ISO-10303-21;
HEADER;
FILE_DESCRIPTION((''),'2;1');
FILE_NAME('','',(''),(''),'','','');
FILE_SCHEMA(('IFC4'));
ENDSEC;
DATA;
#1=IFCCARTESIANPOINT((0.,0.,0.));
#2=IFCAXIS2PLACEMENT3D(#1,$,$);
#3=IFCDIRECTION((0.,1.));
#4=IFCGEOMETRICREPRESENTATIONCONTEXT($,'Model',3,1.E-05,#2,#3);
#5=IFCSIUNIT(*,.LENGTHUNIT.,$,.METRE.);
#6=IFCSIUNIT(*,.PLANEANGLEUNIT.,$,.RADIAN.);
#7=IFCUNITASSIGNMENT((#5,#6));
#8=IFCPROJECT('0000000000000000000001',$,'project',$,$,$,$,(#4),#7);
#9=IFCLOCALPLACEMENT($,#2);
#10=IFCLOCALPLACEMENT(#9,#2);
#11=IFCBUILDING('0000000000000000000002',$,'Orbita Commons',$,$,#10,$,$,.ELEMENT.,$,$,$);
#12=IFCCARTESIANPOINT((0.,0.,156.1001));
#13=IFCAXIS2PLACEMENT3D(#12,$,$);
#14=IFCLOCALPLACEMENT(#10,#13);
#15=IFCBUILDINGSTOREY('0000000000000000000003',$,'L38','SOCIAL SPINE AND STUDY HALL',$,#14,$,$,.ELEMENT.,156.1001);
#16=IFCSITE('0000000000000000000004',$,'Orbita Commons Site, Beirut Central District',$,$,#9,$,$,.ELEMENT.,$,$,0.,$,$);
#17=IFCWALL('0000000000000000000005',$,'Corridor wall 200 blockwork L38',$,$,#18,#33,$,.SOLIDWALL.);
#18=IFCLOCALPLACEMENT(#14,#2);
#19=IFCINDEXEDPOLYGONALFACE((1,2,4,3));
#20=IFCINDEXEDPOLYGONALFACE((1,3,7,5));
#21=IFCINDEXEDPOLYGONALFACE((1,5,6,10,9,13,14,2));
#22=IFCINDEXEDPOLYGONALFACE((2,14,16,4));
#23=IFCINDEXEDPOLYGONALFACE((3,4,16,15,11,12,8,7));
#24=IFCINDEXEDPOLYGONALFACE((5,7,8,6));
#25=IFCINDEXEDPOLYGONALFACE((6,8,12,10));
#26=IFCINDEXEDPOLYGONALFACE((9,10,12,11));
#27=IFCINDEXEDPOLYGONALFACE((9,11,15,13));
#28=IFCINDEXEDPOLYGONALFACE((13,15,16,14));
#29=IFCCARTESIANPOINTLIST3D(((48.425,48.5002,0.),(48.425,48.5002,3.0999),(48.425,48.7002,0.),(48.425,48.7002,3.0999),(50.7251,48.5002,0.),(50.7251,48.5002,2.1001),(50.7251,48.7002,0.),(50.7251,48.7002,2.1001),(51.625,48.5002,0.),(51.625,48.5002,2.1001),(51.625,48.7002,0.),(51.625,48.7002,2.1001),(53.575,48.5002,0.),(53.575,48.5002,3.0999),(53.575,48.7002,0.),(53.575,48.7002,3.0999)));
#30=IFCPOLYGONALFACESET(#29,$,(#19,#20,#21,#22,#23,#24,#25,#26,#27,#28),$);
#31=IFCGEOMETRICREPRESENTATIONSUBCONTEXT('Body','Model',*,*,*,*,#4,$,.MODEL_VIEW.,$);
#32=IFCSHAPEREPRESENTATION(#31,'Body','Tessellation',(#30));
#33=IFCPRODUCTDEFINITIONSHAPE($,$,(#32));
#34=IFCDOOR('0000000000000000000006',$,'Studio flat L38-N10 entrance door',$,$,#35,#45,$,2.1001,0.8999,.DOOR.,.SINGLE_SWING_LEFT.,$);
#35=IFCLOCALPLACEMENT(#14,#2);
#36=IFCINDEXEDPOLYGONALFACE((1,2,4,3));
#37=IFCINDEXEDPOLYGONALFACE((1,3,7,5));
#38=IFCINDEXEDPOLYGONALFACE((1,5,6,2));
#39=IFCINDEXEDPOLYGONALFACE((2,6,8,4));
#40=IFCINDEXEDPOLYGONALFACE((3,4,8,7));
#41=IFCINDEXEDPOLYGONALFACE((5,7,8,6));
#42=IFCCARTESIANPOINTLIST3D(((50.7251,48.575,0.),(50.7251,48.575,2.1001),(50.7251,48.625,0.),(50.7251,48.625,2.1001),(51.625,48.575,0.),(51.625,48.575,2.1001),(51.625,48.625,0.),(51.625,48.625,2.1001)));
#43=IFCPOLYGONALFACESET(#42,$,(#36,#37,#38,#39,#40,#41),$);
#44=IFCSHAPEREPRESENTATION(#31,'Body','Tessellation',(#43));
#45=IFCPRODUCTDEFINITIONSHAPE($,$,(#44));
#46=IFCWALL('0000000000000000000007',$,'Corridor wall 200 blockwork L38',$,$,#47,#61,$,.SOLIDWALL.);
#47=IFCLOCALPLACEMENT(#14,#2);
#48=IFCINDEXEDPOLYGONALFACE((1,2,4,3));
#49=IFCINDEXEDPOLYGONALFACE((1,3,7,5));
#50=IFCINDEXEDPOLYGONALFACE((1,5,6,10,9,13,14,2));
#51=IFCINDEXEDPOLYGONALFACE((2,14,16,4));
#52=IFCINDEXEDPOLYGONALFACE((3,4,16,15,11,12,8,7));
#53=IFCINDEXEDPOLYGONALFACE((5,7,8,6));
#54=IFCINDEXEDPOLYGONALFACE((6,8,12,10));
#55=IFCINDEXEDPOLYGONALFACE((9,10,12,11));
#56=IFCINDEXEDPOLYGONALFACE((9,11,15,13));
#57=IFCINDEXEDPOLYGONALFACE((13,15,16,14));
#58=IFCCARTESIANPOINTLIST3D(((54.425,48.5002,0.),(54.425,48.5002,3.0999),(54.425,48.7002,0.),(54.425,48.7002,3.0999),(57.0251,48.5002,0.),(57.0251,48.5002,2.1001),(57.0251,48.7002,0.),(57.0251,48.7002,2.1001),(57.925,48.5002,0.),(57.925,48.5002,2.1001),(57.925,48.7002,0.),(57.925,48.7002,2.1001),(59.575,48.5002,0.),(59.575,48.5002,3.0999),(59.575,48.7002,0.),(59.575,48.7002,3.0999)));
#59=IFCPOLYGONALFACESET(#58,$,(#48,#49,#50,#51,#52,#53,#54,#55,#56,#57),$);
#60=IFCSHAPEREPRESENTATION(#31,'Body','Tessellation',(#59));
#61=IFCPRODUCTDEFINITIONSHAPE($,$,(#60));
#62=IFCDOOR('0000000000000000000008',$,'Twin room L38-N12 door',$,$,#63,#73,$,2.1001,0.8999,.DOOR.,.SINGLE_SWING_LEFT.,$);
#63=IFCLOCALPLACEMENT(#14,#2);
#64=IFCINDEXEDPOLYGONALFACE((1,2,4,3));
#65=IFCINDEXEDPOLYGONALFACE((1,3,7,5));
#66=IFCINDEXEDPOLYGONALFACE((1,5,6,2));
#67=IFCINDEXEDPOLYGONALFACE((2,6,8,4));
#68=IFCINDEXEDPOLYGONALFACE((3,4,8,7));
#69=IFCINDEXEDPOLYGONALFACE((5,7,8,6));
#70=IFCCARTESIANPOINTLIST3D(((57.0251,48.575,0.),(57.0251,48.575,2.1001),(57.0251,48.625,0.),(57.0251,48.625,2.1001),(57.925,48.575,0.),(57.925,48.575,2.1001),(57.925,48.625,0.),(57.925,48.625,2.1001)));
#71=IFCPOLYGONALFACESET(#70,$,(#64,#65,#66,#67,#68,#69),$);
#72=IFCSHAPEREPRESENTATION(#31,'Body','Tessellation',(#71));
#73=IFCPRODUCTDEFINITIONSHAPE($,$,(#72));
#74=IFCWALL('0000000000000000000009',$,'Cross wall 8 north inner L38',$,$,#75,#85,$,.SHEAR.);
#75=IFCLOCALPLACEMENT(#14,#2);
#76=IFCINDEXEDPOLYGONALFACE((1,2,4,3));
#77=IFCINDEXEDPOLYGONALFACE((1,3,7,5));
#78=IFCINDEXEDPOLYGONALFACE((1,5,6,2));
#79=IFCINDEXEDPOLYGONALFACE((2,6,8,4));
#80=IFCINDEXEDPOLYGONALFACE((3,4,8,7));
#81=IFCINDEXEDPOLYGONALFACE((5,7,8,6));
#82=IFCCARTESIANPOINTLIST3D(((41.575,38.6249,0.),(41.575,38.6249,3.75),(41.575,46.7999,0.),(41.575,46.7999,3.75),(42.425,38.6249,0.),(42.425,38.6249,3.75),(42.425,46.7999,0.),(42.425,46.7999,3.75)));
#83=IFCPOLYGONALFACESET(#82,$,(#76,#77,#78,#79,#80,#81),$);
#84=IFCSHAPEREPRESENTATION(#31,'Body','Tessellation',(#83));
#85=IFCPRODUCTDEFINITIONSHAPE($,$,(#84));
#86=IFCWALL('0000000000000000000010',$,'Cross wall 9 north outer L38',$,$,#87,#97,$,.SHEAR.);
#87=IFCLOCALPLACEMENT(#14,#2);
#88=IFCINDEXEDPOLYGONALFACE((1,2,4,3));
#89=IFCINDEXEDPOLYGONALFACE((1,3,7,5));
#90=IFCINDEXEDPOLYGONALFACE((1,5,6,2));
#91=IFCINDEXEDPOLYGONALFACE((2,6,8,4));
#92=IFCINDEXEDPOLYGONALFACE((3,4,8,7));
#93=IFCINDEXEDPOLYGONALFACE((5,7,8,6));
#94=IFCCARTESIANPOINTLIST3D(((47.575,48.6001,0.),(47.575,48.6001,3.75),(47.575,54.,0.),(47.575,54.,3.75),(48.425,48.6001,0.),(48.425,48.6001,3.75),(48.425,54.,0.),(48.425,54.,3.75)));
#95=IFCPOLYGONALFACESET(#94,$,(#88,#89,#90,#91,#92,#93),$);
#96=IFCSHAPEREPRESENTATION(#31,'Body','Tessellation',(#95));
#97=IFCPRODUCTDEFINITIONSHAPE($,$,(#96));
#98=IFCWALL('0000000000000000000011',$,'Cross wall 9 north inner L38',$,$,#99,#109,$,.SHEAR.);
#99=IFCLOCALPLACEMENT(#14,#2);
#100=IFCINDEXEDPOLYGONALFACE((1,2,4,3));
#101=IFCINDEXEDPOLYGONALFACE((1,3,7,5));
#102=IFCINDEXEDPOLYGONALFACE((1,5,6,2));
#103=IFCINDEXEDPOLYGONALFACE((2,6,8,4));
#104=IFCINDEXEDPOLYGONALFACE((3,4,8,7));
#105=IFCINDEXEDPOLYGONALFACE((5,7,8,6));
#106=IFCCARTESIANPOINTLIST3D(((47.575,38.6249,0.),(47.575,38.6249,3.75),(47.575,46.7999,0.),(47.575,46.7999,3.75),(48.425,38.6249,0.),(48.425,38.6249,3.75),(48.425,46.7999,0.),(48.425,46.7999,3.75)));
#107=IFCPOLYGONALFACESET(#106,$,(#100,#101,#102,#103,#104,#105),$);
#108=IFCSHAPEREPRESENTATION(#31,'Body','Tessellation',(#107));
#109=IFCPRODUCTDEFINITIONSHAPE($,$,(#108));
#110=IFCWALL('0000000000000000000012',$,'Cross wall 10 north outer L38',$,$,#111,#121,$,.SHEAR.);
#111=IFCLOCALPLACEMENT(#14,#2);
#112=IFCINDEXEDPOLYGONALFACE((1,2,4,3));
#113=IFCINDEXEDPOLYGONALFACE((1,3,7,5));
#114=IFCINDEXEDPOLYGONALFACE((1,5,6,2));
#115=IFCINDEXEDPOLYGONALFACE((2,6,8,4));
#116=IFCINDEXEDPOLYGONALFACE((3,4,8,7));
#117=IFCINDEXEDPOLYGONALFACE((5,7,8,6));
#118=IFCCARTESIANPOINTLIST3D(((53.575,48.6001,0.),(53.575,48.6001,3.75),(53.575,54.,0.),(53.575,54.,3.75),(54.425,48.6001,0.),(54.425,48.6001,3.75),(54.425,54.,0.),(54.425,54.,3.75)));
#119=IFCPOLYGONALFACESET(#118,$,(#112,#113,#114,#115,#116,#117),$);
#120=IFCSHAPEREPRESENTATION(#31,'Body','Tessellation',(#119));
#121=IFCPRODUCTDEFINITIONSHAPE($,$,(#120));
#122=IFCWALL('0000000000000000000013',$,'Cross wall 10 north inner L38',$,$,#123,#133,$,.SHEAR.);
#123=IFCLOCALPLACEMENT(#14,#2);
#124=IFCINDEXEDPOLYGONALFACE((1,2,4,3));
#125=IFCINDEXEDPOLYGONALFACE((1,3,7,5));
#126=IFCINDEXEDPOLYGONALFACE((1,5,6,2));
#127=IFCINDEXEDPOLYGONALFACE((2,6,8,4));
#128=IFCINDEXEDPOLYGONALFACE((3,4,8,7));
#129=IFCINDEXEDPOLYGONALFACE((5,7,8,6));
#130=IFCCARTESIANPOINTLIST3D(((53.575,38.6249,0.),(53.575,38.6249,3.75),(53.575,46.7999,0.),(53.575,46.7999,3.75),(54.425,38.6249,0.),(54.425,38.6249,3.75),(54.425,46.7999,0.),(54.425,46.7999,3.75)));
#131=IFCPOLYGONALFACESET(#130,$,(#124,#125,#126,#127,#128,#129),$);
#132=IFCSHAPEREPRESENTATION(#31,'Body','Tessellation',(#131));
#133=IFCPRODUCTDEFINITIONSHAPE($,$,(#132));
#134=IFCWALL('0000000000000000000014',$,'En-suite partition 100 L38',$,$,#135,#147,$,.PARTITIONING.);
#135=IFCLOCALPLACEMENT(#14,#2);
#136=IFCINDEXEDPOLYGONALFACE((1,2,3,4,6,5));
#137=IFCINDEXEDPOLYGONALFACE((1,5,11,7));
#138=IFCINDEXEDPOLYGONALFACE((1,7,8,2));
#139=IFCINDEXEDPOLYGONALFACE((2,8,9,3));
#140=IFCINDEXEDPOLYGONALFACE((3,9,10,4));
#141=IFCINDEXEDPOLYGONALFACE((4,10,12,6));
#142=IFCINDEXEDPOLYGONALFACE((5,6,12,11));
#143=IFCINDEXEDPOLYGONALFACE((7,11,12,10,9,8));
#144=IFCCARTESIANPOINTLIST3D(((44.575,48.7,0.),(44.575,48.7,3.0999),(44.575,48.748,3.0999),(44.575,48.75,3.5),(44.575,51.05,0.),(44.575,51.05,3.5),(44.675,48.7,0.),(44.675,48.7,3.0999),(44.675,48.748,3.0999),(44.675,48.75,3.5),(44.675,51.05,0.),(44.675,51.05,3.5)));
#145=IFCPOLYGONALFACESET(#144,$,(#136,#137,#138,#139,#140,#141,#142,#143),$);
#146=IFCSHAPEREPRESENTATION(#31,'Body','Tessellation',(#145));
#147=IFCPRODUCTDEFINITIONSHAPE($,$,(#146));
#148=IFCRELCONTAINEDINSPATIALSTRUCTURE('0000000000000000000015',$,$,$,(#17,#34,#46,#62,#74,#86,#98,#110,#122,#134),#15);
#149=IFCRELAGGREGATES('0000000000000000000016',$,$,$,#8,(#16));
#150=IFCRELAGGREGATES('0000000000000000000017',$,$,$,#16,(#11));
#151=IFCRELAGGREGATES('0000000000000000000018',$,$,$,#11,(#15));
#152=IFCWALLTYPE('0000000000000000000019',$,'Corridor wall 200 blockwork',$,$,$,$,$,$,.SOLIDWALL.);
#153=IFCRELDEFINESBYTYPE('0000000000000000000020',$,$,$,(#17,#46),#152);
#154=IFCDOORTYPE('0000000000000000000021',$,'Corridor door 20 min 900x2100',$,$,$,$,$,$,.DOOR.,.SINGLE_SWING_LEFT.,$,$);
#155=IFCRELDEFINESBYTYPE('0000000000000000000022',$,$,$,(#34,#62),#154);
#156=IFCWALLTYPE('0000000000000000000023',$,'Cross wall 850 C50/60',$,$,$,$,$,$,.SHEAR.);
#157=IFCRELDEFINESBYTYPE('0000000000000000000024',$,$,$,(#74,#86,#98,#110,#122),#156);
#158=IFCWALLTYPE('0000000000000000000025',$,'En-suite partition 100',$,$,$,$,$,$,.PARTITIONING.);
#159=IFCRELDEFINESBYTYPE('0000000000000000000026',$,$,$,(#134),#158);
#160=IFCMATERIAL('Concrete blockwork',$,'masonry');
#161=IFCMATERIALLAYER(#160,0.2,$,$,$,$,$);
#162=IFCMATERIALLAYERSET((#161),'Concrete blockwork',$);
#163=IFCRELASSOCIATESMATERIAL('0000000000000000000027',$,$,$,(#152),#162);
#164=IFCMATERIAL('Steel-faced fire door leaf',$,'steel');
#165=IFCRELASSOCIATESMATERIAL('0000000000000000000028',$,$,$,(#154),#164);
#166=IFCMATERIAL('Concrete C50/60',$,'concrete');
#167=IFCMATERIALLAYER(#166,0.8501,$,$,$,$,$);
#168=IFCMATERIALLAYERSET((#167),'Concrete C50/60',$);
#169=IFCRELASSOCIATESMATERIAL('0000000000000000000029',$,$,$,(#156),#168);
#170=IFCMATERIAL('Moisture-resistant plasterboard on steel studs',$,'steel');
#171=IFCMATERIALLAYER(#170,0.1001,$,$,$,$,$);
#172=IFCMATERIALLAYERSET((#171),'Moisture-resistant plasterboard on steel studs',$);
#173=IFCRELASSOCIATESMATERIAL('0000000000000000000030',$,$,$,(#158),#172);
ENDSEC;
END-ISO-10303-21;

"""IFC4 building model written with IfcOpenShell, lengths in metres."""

from ifc_helpers import new_model, si_unit, direction, frame, frame_2d, origin, place, context, subcontext, project, spatial, polyline, rectangle, outline, extrude, material, layer, layer_set, type_object, element, fill, save


model = new_model("IFC4")

# Units and contexts
model_context = context("Model", 3, precision=1e-05, world=origin(), true_north=direction((0.0, 1.0)))
body_context = subcontext(model_context, "Body", "Model", "MODEL_VIEW")
ifc_project = project(units=[si_unit("LENGTHUNIT", "METRE"), si_unit("PLANEANGLEUNIT", "RADIAN")], contexts=[model_context])

# Site, building, storey
site_placement = place(None, origin())
site = spatial("IfcSite", under=ifc_project, at=site_placement, Name="Orbita Commons Site, Beirut Central District", CompositionType="ELEMENT", RefElevation=0.0)
building_placement = place(site_placement, origin())
building = spatial("IfcBuilding", under=site, at=building_placement, Name="Orbita Commons", CompositionType="ELEMENT")
storey_placement = place(building_placement, frame((0.0, 0.0, 156.1001)))
storey = spatial("IfcBuildingStorey", under=building, at=storey_placement, Name="L38", Description="SOCIAL SPINE AND STUDY HALL", CompositionType="ELEMENT", Elevation=156.1001)

# Walls, openings, doors
ifc_material_1 = material(Name="Concrete blockwork", Category="masonry")
ifc_layer_1 = layer(ifc_material_1, 0.2)
ifc_layer_set_1 = layer_set([ifc_layer_1], Name="Concrete blockwork")
wall_type_1 = type_object("IfcWallType", Name="Corridor wall 200 blockwork", PredefinedType="SOLIDWALL", material=ifc_layer_set_1)
ifc_material_2 = material(Name="Steel-faced fire door leaf", Category="steel")
door_type_1 = type_object("IfcDoorType", Name="Corridor door 20 min 900x2100", OperationType="SINGLE_SWING_LEFT", PredefinedType="DOOR", material=ifc_material_2)
wall_1_placement = place(storey_placement, frame((48.425, 48.6001, 0.0), z_axis=(0.0, 0.0, 1.0), x_axis=(1.0, 0.0, 0.0)))
wall_1 = element("IfcWall", 1, at=wall_1_placement, inside=storey, type_object=wall_type_1, Name="Corridor wall 200 blockwork L38", PredefinedType="SOLIDWALL", context=body_context, shape_type="SweptSolid", body=[
    extrude(outline(polyline([(0.0, 0.0), (5.1499, 0.0), (5.1499, 3.0999), (0.0, 3.0999), (0.0, 0.0)])), frame((0.0, 0.1001, 0.0), z_axis=(0.0, -1.0, 0.0), x_axis=(1.0, 0.0, 0.0)), (0.0, 0.0, 1.0), 0.2),
])
opening_1_placement = place(wall_1_placement, frame((2.3, 0.0, 0.0)))
opening_1 = element("IfcOpeningElement", 2, at=opening_1_placement, cuts=wall_1, PredefinedType="OPENING", context=body_context, shape_type="SweptSolid", body=[
    extrude(rectangle(XDim=0.8999, YDim=2.1001, at=frame_2d((0.45, 1.05))), frame((0.0, 0.1099, 0.0), z_axis=(0.0, -1.0, 0.0), x_axis=(1.0, 0.0, 0.0)), (0.0, 0.0, 1.0), 0.22),
])
door_1_placement = place(opening_1_placement, origin())
door_1 = element("IfcDoor", 3, at=door_1_placement, inside=storey, type_object=door_type_1, Name="Studio flat L38-N10 entrance door", OperationType="SINGLE_SWING_LEFT", OverallHeight=2.1001, OverallWidth=0.8999, PredefinedType="DOOR", context=body_context, shape_type="SweptSolid", body=[
    extrude(rectangle(XDim=0.8999, YDim=2.1001, at=frame_2d((0.45, 1.05))), frame((0.0, 0.0249, 0.0), z_axis=(0.0, -1.0, 0.0), x_axis=(1.0, 0.0, 0.0)), (0.0, 0.0, 1.0), 0.05),
])
fill(opening_1, door_1)
wall_2_placement = place(storey_placement, frame((54.425, 48.6001, 0.0), z_axis=(0.0, 0.0, 1.0), x_axis=(1.0, 0.0, 0.0)))
wall_2 = element("IfcWall", 4, at=wall_2_placement, inside=storey, type_object=wall_type_1, Name="Corridor wall 200 blockwork L38", PredefinedType="SOLIDWALL", context=body_context, shape_type="SweptSolid", body=[
    extrude(outline(polyline([(0.0, 0.0), (5.1499, 0.0), (5.1499, 3.0999), (0.0, 3.0999), (0.0, 0.0)])), frame((0.0, 0.1001, 0.0), z_axis=(0.0, -1.0, 0.0), x_axis=(1.0, 0.0, 0.0)), (0.0, 0.0, 1.0), 0.2),
])
opening_2_placement = place(wall_2_placement, frame((2.6001, 0.0, 0.0)))
opening_2 = element("IfcOpeningElement", 5, at=opening_2_placement, cuts=wall_2, PredefinedType="OPENING", context=body_context, shape_type="SweptSolid", body=[
    extrude(rectangle(XDim=0.8999, YDim=2.1001, at=frame_2d((0.45, 1.05))), frame((0.0, 0.1099, 0.0), z_axis=(0.0, -1.0, 0.0), x_axis=(1.0, 0.0, 0.0)), (0.0, 0.0, 1.0), 0.22),
])
door_2_placement = place(opening_2_placement, origin())
door_2 = element("IfcDoor", 6, at=door_2_placement, inside=storey, type_object=door_type_1, Name="Twin room L38-N12 door", OperationType="SINGLE_SWING_LEFT", OverallHeight=2.1001, OverallWidth=0.8999, PredefinedType="DOOR", context=body_context, shape_type="SweptSolid", body=[
    extrude(rectangle(XDim=0.8999, YDim=2.1001, at=frame_2d((0.45, 1.05))), frame((0.0, 0.0249, 0.0), z_axis=(0.0, -1.0, 0.0), x_axis=(1.0, 0.0, 0.0)), (0.0, 0.0, 1.0), 0.05),
])
fill(opening_2, door_2)

# Walls
ifc_material_3 = material(Name="Concrete C50/60", Category="concrete")
ifc_layer_2 = layer(ifc_material_3, 0.8501)
ifc_layer_set_2 = layer_set([ifc_layer_2], Name="Concrete C50/60")
wall_type_2 = type_object("IfcWallType", Name="Cross wall 850 C50/60", PredefinedType="SHEAR", material=ifc_layer_set_2)
wall_3_placement = place(storey_placement, frame((42.0, 38.625, 0.0), z_axis=(0.0, 0.0, 1.0), x_axis=(0.0, 1.0, 0.0)))
element("IfcWall", 7, at=wall_3_placement, inside=storey, type_object=wall_type_2, Name="Cross wall 8 north inner L38", PredefinedType="SHEAR", context=body_context, shape_type="SweptSolid", body=[
    extrude(rectangle(XDim=8.175, YDim=0.8501, at=frame_2d((4.0874, 0.0))), origin(), (0.0, 0.0, 1.0), 3.75),
])
wall_4_placement = place(storey_placement, frame((48.0, 48.6001, 0.0), z_axis=(0.0, 0.0, 1.0), x_axis=(0.0, 1.0, 0.0)))
element("IfcWall", 8, at=wall_4_placement, inside=storey, type_object=wall_type_2, Name="Cross wall 9 north outer L38", PredefinedType="SHEAR", context=body_context, shape_type="SweptSolid", body=[
    extrude(rectangle(XDim=5.3999, YDim=0.8501, at=frame_2d((2.7, 0.0))), origin(), (0.0, 0.0, 1.0), 3.75),
])
wall_5_placement = place(storey_placement, frame((48.0, 38.625, 0.0), z_axis=(0.0, 0.0, 1.0), x_axis=(0.0, 1.0, 0.0)))
element("IfcWall", 9, at=wall_5_placement, inside=storey, type_object=wall_type_2, Name="Cross wall 9 north inner L38", PredefinedType="SHEAR", context=body_context, shape_type="SweptSolid", body=[
    extrude(rectangle(XDim=8.175, YDim=0.8501, at=frame_2d((4.0874, 0.0))), origin(), (0.0, 0.0, 1.0), 3.75),
])
wall_6_placement = place(storey_placement, frame((54.0, 48.6001, 0.0), z_axis=(0.0, 0.0, 1.0), x_axis=(0.0, 1.0, 0.0)))
element("IfcWall", 10, at=wall_6_placement, inside=storey, type_object=wall_type_2, Name="Cross wall 10 north outer L38", PredefinedType="SHEAR", context=body_context, shape_type="SweptSolid", body=[
    extrude(rectangle(XDim=5.3999, YDim=0.8501, at=frame_2d((2.7, 0.0))), origin(), (0.0, 0.0, 1.0), 3.75),
])
wall_7_placement = place(storey_placement, frame((54.0, 38.625, 0.0), z_axis=(0.0, 0.0, 1.0), x_axis=(0.0, 1.0, 0.0)))
element("IfcWall", 11, at=wall_7_placement, inside=storey, type_object=wall_type_2, Name="Cross wall 10 north inner L38", PredefinedType="SHEAR", context=body_context, shape_type="SweptSolid", body=[
    extrude(rectangle(XDim=8.175, YDim=0.8501, at=frame_2d((4.0874, 0.0))), origin(), (0.0, 0.0, 1.0), 3.75),
])
ifc_material_4 = material(Name="Moisture-resistant plasterboard on steel studs", Category="steel")
ifc_layer_3 = layer(ifc_material_4, 0.1001)
ifc_layer_set_3 = layer_set([ifc_layer_3], Name="Moisture-resistant plasterboard on steel studs")
wall_type_3 = type_object("IfcWallType", Name="En-suite partition 100", PredefinedType="PARTITIONING", material=ifc_layer_set_3)
wall_8_placement = place(storey_placement, frame((44.625, 51.05, 0.0), z_axis=(0.0, 0.0, 1.0), x_axis=(0.0, -1.0, 0.0)))
element("IfcWall", 12, at=wall_8_placement, inside=storey, type_object=wall_type_3, Name="En-suite partition 100 L38", PredefinedType="PARTITIONING", context=body_context, shape_type="SweptSolid", body=[
    extrude(outline(polyline([(0.0, 0.0), (2.3501, 0.0), (2.3501, 3.0999), (2.302, 3.0999), (2.3, 3.5), (0.0, 3.5), (0.0, 0.0)])), frame((0.0, 0.05, 0.0), z_axis=(0.0, -1.0, 0.0), x_axis=(1.0, 0.0, 0.0)), (0.0, 0.0, 1.0), 0.1001),
])

save(model, "model.ifc")
